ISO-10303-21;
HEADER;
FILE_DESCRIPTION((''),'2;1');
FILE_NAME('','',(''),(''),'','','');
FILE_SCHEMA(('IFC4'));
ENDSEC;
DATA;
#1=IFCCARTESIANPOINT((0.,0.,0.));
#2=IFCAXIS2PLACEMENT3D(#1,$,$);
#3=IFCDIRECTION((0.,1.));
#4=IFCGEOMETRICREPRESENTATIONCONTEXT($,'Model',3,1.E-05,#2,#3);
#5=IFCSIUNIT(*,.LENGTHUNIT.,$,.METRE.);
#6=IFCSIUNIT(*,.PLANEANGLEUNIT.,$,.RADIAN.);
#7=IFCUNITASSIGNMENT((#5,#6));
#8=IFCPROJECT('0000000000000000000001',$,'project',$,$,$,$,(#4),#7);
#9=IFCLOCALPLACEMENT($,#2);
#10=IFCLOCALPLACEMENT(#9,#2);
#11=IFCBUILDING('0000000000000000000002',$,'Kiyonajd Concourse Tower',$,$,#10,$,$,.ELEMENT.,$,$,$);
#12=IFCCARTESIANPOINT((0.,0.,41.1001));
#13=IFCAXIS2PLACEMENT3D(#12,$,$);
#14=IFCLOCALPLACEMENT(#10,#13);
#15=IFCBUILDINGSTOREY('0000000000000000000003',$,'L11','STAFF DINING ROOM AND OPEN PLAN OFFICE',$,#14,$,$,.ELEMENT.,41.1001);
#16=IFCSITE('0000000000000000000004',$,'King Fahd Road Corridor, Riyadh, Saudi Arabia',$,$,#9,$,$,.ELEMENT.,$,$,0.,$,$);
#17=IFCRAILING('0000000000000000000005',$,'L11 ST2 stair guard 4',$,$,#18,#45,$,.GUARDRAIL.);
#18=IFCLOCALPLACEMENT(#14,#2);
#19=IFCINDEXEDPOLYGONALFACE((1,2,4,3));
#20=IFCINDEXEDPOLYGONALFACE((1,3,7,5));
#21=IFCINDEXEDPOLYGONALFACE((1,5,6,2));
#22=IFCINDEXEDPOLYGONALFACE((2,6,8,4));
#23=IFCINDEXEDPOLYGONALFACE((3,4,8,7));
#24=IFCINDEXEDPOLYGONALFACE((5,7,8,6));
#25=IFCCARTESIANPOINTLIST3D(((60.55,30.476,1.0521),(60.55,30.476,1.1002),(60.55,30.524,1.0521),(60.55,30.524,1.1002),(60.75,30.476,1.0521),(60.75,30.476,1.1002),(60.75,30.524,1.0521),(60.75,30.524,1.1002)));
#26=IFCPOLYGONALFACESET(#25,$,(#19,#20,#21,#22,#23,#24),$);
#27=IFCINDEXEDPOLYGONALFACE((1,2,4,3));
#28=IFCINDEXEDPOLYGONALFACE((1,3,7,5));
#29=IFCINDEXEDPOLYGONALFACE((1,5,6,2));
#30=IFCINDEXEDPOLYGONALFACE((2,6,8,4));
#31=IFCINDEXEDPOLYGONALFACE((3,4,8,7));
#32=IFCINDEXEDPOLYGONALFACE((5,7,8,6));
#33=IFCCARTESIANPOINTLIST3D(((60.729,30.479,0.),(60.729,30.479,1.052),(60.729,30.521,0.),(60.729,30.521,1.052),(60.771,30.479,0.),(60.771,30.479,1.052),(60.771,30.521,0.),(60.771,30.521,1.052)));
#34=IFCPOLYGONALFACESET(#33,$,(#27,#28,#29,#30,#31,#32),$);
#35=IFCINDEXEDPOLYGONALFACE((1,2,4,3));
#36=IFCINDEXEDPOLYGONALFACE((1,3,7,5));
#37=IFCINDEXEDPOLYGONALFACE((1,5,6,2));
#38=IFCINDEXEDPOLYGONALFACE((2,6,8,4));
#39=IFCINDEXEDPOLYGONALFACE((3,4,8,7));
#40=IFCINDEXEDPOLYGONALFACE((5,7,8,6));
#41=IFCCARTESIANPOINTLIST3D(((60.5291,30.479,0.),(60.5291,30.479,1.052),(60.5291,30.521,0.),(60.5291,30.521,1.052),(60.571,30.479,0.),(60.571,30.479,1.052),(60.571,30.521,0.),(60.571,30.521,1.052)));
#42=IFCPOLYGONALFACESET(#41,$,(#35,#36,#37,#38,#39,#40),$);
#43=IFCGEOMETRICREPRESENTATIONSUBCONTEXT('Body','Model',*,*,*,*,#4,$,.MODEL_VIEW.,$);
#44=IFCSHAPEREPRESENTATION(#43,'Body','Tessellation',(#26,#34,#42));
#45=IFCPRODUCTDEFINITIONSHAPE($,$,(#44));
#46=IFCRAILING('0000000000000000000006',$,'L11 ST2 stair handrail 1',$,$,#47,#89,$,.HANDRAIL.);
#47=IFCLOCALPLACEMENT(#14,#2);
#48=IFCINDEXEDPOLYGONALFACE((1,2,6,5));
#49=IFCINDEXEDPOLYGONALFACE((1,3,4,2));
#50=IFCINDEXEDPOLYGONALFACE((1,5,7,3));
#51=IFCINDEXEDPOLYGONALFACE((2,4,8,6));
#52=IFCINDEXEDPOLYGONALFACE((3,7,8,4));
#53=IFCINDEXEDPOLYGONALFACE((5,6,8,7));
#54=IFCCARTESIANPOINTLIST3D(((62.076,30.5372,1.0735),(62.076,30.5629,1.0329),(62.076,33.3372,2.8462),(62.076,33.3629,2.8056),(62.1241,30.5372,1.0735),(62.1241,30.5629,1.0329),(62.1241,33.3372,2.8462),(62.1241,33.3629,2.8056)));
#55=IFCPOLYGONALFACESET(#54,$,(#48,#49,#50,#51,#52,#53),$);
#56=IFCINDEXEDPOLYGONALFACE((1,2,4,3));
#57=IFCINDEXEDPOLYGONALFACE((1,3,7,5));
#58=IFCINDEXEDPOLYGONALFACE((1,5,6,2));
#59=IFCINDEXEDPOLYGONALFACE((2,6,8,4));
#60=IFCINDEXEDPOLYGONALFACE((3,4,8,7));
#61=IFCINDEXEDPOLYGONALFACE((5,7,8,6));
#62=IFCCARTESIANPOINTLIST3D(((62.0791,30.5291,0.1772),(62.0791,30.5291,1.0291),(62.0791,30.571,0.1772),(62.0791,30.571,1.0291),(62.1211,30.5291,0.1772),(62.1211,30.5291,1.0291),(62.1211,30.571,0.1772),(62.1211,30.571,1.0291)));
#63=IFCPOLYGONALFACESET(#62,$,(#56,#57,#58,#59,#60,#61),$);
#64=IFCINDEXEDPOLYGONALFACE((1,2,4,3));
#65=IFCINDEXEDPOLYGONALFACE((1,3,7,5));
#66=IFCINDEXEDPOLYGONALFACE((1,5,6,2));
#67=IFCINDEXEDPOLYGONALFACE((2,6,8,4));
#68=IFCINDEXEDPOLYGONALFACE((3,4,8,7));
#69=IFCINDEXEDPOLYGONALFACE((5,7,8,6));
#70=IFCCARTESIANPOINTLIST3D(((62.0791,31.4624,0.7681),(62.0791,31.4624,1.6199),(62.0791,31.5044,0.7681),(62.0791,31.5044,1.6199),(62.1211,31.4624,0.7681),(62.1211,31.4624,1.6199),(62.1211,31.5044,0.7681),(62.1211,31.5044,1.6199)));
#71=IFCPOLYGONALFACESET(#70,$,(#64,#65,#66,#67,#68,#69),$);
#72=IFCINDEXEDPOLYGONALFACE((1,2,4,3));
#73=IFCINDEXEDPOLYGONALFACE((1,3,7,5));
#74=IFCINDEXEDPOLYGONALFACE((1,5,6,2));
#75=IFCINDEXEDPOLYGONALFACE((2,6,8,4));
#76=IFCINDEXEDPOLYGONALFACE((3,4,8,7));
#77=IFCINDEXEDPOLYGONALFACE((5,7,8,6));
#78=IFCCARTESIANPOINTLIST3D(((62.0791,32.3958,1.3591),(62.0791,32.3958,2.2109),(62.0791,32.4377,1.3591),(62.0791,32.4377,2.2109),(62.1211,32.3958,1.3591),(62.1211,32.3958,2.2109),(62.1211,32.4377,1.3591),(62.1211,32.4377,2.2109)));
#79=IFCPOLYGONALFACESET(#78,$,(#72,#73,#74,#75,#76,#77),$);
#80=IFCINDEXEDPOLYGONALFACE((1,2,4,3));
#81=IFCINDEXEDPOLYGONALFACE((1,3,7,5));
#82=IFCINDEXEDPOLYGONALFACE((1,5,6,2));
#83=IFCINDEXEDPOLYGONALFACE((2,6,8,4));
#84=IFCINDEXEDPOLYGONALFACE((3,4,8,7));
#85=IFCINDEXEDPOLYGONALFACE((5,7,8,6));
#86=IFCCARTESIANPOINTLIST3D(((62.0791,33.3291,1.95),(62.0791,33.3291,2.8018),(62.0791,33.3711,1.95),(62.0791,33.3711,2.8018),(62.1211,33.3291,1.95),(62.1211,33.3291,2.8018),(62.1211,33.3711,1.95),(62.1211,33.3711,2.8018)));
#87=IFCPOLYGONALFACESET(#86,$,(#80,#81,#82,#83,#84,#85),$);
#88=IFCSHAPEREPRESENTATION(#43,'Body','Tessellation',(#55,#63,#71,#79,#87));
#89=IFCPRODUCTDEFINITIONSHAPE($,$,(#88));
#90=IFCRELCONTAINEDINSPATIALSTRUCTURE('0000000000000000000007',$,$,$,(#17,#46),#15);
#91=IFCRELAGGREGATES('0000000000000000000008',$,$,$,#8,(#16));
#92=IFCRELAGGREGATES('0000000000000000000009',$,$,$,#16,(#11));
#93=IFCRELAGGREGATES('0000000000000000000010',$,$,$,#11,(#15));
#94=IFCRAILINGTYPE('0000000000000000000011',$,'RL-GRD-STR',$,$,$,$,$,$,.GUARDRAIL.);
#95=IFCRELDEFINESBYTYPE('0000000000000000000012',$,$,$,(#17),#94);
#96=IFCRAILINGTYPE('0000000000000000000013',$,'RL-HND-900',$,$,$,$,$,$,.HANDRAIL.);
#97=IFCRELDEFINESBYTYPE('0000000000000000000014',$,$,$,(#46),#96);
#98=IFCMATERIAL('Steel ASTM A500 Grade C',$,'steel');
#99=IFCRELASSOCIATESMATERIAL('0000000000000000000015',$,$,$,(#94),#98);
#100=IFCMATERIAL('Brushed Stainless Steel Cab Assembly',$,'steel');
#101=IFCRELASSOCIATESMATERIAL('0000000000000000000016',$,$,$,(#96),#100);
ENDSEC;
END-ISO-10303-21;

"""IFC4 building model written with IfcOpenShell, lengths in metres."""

from ifc_helpers import new_model, si_unit, direction, frame, origin, origin_2d, place, context, subcontext, project, spatial, rectangle, extrude, material, type_object, element, save


model = new_model("IFC4")

# Units and contexts
model_context = context("Model", 3, precision=1e-05, world=origin(), true_north=direction((0.0, 1.0)))
body_context = subcontext(model_context, "Body", "Model", "MODEL_VIEW")
ifc_project = project(units=[si_unit("LENGTHUNIT", "METRE"), si_unit("PLANEANGLEUNIT", "RADIAN")], contexts=[model_context])

# Site, building, storey
site_placement = place(None, origin())
site = spatial("IfcSite", under=ifc_project, at=site_placement, Name="King Fahd Road Corridor, Riyadh, Saudi Arabia", CompositionType="ELEMENT", RefElevation=0.0)
building_placement = place(site_placement, origin())
building = spatial("IfcBuilding", under=site, at=building_placement, Name="Kiyonajd Concourse Tower", CompositionType="ELEMENT")
storey_placement = place(building_placement, frame((0.0, 0.0, 41.1001)))
storey = spatial("IfcBuildingStorey", under=building, at=storey_placement, Name="L11", Description="STAFF DINING ROOM AND OPEN PLAN OFFICE", CompositionType="ELEMENT", Elevation=41.1001)

# Railings
ifc_material_1 = material(Name="Steel ASTM A500 Grade C", Category="steel")
railing_type_1 = type_object("IfcRailingType", Name="RL-GRD-STR", PredefinedType="GUARDRAIL", material=ifc_material_1)
railing_1_placement = place(storey_placement, frame((60.75, 30.5, 0.0)))
element("IfcRailing", 1, at=railing_1_placement, inside=storey, type_object=railing_type_1, Name="L11 ST2 stair guard 4", PredefinedType="GUARDRAIL", context=body_context, shape_type="SweptSolid", body=[
    extrude(rectangle(XDim=0.0481, YDim=0.0481, at=origin_2d()), frame((0.0, 0.0, 1.0762), z_axis=(-1.0, 0.0, 0.0), x_axis=(0.0, -1.0, 0.0)), (0.0, 0.0, 1.0), 0.2),
    extrude(rectangle(XDim=0.042, YDim=0.042, at=origin_2d()), origin(), (0.0, 0.0, 1.0), 1.052),
    extrude(rectangle(XDim=0.042, YDim=0.042, at=origin_2d()), frame((-0.2, 0.0, 0.0)), (0.0, 0.0, 1.0), 1.052),
])
ifc_material_2 = material(Name="Brushed Stainless Steel Cab Assembly", Category="steel")
railing_type_2 = type_object("IfcRailingType", Name="RL-HND-900", PredefinedType="HANDRAIL", material=ifc_material_2)
railing_2_placement = place(storey_placement, frame((62.1001, 30.55, 0.1772)))
element("IfcRailing", 2, at=railing_2_placement, inside=storey, type_object=railing_type_2, Name="L11 ST2 stair handrail 1", PredefinedType="HANDRAIL", context=body_context, shape_type="SweptSolid", body=[
    extrude(rectangle(XDim=0.0481, YDim=0.0481, at=origin_2d()), frame((0.0, 0.0, 0.876), z_axis=(0.0, 0.844909, 0.53491), x_axis=(-1.0, 0.0, 0.0)), (0.0, 0.0, 1.0), 3.314),
    extrude(rectangle(XDim=0.042, YDim=0.042, at=origin_2d()), origin(), (0.0, 0.0, 1.0), 0.8518),
    extrude(rectangle(XDim=0.042, YDim=0.042, at=origin_2d()), frame((0.0, 0.9333, 0.5908)), (0.0, 0.0, 1.0), 0.8518),
    extrude(rectangle(XDim=0.042, YDim=0.042, at=origin_2d()), frame((0.0, 1.8667, 1.1819)), (0.0, 0.0, 1.0), 0.8518),
    extrude(rectangle(XDim=0.042, YDim=0.042, at=origin_2d()), frame((0.0, 2.8, 1.7727)), (0.0, 0.0, 1.0), 0.8518),
])

save(model, "model.ifc")
